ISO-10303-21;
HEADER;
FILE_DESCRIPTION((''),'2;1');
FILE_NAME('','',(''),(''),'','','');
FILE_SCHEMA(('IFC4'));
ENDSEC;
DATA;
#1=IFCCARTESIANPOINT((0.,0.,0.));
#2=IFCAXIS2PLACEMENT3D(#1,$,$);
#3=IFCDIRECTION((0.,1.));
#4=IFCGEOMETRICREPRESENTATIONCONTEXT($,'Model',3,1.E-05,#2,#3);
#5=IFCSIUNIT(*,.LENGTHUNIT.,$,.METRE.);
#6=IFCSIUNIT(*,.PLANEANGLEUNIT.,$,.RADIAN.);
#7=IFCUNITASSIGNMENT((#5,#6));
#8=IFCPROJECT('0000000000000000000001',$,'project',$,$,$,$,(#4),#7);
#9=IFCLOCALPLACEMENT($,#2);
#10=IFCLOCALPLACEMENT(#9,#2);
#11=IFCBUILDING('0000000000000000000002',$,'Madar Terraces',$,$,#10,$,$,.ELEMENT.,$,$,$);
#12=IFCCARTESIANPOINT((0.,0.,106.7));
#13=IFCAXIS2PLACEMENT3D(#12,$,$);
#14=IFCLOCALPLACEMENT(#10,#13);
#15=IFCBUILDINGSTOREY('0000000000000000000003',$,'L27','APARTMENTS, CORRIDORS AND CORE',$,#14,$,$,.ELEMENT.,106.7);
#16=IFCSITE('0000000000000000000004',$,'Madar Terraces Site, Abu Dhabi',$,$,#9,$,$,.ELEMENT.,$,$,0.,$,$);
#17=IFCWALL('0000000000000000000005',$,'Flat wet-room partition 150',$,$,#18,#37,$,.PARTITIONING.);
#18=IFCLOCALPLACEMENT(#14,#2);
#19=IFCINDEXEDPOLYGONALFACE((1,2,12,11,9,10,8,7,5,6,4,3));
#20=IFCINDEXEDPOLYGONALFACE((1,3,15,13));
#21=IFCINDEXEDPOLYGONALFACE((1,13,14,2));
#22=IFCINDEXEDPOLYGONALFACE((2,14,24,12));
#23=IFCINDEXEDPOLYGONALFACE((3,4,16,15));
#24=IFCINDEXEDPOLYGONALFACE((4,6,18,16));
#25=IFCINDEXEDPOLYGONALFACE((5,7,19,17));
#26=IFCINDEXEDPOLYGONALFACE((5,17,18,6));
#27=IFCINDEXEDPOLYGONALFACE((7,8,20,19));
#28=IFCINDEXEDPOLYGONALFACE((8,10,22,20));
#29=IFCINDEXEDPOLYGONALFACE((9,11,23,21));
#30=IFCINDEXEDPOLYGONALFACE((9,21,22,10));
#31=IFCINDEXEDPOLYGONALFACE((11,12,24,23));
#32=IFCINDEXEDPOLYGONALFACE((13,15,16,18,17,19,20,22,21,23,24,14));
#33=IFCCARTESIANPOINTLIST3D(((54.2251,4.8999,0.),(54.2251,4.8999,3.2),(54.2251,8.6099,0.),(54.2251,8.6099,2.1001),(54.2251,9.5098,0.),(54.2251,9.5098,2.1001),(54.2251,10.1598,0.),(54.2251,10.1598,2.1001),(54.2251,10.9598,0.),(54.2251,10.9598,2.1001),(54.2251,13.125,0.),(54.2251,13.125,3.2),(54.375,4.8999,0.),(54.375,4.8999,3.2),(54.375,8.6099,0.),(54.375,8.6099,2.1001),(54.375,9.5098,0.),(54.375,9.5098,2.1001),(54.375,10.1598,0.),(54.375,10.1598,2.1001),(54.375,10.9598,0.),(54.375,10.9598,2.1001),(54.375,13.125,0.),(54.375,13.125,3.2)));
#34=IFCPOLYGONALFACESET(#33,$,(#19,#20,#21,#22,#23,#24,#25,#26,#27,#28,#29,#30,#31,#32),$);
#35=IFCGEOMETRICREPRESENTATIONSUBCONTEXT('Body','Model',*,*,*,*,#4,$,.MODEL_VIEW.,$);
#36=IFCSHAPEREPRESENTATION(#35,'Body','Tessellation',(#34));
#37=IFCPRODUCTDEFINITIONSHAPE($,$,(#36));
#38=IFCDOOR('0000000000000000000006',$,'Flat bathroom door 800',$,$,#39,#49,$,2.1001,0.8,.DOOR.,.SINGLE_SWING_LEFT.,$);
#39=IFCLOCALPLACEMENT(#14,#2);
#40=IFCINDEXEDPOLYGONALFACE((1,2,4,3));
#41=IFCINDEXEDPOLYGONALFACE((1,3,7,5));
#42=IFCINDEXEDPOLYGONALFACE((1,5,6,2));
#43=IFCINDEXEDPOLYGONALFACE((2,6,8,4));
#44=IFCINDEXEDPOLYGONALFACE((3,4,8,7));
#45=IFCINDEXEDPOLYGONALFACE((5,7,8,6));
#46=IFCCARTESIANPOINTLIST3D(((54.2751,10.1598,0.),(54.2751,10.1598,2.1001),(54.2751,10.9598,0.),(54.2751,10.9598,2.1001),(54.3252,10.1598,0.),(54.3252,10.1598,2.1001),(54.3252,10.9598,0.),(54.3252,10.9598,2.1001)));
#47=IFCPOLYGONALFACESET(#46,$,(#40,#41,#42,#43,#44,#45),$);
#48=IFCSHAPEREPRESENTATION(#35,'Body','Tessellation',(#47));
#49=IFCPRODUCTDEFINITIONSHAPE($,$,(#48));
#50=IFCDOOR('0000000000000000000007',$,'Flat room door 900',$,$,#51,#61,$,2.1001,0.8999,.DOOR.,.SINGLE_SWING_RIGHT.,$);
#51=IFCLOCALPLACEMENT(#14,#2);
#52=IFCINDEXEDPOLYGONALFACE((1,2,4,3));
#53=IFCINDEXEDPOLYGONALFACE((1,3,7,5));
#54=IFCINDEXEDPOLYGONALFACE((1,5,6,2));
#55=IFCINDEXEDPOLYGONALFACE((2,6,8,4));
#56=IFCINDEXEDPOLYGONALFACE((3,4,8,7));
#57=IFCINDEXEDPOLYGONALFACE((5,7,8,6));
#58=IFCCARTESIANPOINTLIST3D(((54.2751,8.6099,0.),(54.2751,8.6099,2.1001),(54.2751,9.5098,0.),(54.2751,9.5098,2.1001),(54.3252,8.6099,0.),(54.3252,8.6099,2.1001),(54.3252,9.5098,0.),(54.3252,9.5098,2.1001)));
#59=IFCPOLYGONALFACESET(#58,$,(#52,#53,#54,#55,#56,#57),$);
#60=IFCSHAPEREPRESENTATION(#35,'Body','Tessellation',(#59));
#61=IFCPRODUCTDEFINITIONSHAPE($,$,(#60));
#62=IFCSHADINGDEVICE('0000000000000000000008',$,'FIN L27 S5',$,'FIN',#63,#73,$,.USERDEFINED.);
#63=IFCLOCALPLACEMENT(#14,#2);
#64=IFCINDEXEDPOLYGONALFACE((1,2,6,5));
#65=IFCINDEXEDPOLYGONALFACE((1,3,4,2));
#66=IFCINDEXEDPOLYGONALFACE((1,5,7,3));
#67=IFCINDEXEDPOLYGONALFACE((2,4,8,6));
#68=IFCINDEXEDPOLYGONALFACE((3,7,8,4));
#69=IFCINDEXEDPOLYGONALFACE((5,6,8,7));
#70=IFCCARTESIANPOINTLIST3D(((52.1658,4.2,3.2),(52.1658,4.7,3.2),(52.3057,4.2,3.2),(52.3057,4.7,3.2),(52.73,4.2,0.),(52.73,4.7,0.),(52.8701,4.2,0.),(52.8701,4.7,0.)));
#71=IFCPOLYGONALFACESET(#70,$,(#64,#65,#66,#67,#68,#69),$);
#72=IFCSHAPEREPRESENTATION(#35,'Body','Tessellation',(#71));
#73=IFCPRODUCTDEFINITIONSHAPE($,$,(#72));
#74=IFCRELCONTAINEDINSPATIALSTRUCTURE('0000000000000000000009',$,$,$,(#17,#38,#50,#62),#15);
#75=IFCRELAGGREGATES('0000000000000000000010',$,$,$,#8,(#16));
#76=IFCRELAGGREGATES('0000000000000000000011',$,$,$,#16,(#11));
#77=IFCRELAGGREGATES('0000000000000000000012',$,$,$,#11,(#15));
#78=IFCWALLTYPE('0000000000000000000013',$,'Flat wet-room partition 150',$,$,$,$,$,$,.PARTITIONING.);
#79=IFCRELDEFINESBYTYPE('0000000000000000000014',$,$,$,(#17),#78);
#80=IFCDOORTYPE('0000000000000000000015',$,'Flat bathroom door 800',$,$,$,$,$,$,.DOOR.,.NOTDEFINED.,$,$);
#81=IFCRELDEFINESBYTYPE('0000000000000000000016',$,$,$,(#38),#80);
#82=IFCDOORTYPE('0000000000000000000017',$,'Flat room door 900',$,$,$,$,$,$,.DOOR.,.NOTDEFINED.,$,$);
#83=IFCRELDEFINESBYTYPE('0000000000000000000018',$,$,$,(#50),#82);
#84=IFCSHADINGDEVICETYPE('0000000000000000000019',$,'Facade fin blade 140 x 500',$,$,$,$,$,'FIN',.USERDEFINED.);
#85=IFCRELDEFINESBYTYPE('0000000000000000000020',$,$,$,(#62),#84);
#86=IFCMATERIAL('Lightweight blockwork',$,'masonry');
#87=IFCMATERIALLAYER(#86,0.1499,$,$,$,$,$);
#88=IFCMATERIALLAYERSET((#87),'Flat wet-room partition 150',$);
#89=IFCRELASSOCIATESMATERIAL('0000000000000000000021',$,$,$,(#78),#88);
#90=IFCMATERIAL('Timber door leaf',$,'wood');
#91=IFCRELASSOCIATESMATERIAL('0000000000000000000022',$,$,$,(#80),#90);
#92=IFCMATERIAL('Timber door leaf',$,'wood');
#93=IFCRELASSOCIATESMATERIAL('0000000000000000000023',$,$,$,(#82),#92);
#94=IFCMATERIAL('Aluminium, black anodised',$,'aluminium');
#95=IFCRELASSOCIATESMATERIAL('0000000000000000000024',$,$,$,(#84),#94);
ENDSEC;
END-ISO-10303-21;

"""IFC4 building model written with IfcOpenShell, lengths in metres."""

from ifc_helpers import new_model, si_unit, direction, frame, frame_2d, origin, place, context, subcontext, project, spatial, polyline, rectangle, outline, extrude, material, layer, layer_set, type_object, element, fill, save


model = new_model("IFC4")

# Units and contexts
model_context = context("Model", 3, precision=1e-05, world=origin(), true_north=direction((0.0, 1.0)))
body_context = subcontext(model_context, "Body", "Model", "MODEL_VIEW")
ifc_project = project(units=[si_unit("LENGTHUNIT", "METRE"), si_unit("PLANEANGLEUNIT", "RADIAN")], contexts=[model_context])

# Site, building, storey
site_placement = place(None, origin())
site = spatial("IfcSite", under=ifc_project, at=site_placement, Name="Madar Terraces Site, Abu Dhabi", CompositionType="ELEMENT", RefElevation=0.0)
building_placement = place(site_placement, origin())
building = spatial("IfcBuilding", under=site, at=building_placement, Name="Madar Terraces", CompositionType="ELEMENT")
storey_placement = place(building_placement, frame((0.0, 0.0, 106.7)))
storey = spatial("IfcBuildingStorey", under=building, at=storey_placement, Name="L27", Description="APARTMENTS, CORRIDORS AND CORE", CompositionType="ELEMENT", Elevation=106.7)

# Shared definitions
ifc_material_1 = material(Name="Lightweight blockwork", Category="masonry")
ifc_layer_1 = layer(ifc_material_1, 0.1499)
ifc_layer_set_1 = layer_set([ifc_layer_1], Name="Flat wet-room partition 150")
wall_type_1 = type_object("IfcWallType", Name="Flat wet-room partition 150", PredefinedType="PARTITIONING", material=ifc_layer_set_1)

# Wall, openings, doors
wall_1_placement = place(storey_placement, frame((54.3, 4.8999, 0.0), z_axis=(0.0, 0.0, 1.0), x_axis=(0.0, 1.0, 0.0)))
wall_1 = element("IfcWall", 1, at=wall_1_placement, inside=storey, type_object=wall_type_1, Name="Flat wet-room partition 150", PredefinedType="PARTITIONING", context=body_context, shape_type="SweptSolid", body=[
    extrude(rectangle(XDim=8.2251, YDim=0.1499, at=frame_2d((4.1125, 0.0))), origin(), (0.0, 0.0, 1.0), 3.2),
])
opening_1_placement = place(wall_1_placement, frame((5.26, 0.0, 0.0)))
opening_1 = element("IfcOpeningElement", 2, at=opening_1_placement, cuts=wall_1, PredefinedType="OPENING", context=body_context, shape_type="SweptSolid", body=[
    extrude(rectangle(XDim=0.8, YDim=2.1001, at=frame_2d((0.3999, 1.05))), frame((0.0, 0.085, 0.0), z_axis=(0.0, -1.0, 0.0), x_axis=(1.0, 0.0, 0.0)), (0.0, 0.0, 1.0), 0.1699),
])
opening_2_placement = place(wall_1_placement, frame((3.71, 0.0, 0.0)))
opening_2 = element("IfcOpeningElement", 3, at=opening_2_placement, cuts=wall_1, PredefinedType="OPENING", context=body_context, shape_type="SweptSolid", body=[
    extrude(rectangle(XDim=0.8999, YDim=2.1001, at=frame_2d((0.45, 1.05))), frame((0.0, 0.085, 0.0), z_axis=(0.0, -1.0, 0.0), x_axis=(1.0, 0.0, 0.0)), (0.0, 0.0, 1.0), 0.1699),
])
ifc_material_2 = material(Name="Timber door leaf", Category="wood")
door_type_1 = type_object("IfcDoorType", Name="Flat bathroom door 800", OperationType="NOTDEFINED", PredefinedType="DOOR", material=ifc_material_2)
door_1_placement = place(opening_1_placement, origin())
door_1 = element("IfcDoor", 4, at=door_1_placement, inside=storey, type_object=door_type_1, Name="Flat bathroom door 800", OperationType="SINGLE_SWING_LEFT", OverallHeight=2.1001, OverallWidth=0.8, PredefinedType="DOOR", context=body_context, shape_type="SweptSolid", body=[
    extrude(rectangle(XDim=0.8, YDim=2.1001, at=frame_2d((0.3999, 1.05))), frame((0.0, 0.0249, 0.0), z_axis=(0.0, -1.0, 0.0), x_axis=(1.0, 0.0, 0.0)), (0.0, 0.0, 1.0), 0.05),
])
fill(opening_1, door_1)
ifc_material_3 = material(Name="Timber door leaf", Category="wood")
door_type_2 = type_object("IfcDoorType", Name="Flat room door 900", OperationType="NOTDEFINED", PredefinedType="DOOR", material=ifc_material_3)
door_2_placement = place(opening_2_placement, origin())
door_2 = element("IfcDoor", 5, at=door_2_placement, inside=storey, type_object=door_type_2, Name="Flat room door 900", OperationType="SINGLE_SWING_RIGHT", OverallHeight=2.1001, OverallWidth=0.8999, PredefinedType="DOOR", context=body_context, shape_type="SweptSolid", body=[
    extrude(rectangle(XDim=0.8999, YDim=2.1001, at=frame_2d((0.45, 1.05))), frame((0.0, 0.0249, 0.0), z_axis=(0.0, -1.0, 0.0), x_axis=(1.0, 0.0, 0.0)), (0.0, 0.0, 1.0), 0.05),
])
fill(opening_2, door_2)

# Shading device
ifc_material_4 = material(Name="Aluminium, black anodised", Category="aluminium")
shading_device_type = type_object("IfcShadingDeviceType", Name="Facade fin blade 140 x 500", ElementType="FIN", PredefinedType="USERDEFINED", material=ifc_material_4)
shading_device_placement = place(storey_placement, frame((52.73, 4.45, 0.0), z_axis=(0.0, 0.0, 1.0), x_axis=(1.0, 0.0, 0.0)))
element("IfcShadingDevice", 6, at=shading_device_placement, inside=storey, type_object=shading_device_type, Name="FIN L27 S5", ObjectType="FIN", PredefinedType="USERDEFINED", context=body_context, shape_type="SweptSolid", body=[
    extrude(outline(polyline([(0.0, 0.0), (0.1401, 0.0), (-0.4243, 3.2), (-0.5642, 3.2), (0.0, 0.0)])), frame((0.0, 0.25, 0.0), z_axis=(0.0, -1.0, 0.0), x_axis=(1.0, 0.0, 0.0)), (0.0, 0.0, 1.0), 0.5),
])

save(model, "model.ifc")
